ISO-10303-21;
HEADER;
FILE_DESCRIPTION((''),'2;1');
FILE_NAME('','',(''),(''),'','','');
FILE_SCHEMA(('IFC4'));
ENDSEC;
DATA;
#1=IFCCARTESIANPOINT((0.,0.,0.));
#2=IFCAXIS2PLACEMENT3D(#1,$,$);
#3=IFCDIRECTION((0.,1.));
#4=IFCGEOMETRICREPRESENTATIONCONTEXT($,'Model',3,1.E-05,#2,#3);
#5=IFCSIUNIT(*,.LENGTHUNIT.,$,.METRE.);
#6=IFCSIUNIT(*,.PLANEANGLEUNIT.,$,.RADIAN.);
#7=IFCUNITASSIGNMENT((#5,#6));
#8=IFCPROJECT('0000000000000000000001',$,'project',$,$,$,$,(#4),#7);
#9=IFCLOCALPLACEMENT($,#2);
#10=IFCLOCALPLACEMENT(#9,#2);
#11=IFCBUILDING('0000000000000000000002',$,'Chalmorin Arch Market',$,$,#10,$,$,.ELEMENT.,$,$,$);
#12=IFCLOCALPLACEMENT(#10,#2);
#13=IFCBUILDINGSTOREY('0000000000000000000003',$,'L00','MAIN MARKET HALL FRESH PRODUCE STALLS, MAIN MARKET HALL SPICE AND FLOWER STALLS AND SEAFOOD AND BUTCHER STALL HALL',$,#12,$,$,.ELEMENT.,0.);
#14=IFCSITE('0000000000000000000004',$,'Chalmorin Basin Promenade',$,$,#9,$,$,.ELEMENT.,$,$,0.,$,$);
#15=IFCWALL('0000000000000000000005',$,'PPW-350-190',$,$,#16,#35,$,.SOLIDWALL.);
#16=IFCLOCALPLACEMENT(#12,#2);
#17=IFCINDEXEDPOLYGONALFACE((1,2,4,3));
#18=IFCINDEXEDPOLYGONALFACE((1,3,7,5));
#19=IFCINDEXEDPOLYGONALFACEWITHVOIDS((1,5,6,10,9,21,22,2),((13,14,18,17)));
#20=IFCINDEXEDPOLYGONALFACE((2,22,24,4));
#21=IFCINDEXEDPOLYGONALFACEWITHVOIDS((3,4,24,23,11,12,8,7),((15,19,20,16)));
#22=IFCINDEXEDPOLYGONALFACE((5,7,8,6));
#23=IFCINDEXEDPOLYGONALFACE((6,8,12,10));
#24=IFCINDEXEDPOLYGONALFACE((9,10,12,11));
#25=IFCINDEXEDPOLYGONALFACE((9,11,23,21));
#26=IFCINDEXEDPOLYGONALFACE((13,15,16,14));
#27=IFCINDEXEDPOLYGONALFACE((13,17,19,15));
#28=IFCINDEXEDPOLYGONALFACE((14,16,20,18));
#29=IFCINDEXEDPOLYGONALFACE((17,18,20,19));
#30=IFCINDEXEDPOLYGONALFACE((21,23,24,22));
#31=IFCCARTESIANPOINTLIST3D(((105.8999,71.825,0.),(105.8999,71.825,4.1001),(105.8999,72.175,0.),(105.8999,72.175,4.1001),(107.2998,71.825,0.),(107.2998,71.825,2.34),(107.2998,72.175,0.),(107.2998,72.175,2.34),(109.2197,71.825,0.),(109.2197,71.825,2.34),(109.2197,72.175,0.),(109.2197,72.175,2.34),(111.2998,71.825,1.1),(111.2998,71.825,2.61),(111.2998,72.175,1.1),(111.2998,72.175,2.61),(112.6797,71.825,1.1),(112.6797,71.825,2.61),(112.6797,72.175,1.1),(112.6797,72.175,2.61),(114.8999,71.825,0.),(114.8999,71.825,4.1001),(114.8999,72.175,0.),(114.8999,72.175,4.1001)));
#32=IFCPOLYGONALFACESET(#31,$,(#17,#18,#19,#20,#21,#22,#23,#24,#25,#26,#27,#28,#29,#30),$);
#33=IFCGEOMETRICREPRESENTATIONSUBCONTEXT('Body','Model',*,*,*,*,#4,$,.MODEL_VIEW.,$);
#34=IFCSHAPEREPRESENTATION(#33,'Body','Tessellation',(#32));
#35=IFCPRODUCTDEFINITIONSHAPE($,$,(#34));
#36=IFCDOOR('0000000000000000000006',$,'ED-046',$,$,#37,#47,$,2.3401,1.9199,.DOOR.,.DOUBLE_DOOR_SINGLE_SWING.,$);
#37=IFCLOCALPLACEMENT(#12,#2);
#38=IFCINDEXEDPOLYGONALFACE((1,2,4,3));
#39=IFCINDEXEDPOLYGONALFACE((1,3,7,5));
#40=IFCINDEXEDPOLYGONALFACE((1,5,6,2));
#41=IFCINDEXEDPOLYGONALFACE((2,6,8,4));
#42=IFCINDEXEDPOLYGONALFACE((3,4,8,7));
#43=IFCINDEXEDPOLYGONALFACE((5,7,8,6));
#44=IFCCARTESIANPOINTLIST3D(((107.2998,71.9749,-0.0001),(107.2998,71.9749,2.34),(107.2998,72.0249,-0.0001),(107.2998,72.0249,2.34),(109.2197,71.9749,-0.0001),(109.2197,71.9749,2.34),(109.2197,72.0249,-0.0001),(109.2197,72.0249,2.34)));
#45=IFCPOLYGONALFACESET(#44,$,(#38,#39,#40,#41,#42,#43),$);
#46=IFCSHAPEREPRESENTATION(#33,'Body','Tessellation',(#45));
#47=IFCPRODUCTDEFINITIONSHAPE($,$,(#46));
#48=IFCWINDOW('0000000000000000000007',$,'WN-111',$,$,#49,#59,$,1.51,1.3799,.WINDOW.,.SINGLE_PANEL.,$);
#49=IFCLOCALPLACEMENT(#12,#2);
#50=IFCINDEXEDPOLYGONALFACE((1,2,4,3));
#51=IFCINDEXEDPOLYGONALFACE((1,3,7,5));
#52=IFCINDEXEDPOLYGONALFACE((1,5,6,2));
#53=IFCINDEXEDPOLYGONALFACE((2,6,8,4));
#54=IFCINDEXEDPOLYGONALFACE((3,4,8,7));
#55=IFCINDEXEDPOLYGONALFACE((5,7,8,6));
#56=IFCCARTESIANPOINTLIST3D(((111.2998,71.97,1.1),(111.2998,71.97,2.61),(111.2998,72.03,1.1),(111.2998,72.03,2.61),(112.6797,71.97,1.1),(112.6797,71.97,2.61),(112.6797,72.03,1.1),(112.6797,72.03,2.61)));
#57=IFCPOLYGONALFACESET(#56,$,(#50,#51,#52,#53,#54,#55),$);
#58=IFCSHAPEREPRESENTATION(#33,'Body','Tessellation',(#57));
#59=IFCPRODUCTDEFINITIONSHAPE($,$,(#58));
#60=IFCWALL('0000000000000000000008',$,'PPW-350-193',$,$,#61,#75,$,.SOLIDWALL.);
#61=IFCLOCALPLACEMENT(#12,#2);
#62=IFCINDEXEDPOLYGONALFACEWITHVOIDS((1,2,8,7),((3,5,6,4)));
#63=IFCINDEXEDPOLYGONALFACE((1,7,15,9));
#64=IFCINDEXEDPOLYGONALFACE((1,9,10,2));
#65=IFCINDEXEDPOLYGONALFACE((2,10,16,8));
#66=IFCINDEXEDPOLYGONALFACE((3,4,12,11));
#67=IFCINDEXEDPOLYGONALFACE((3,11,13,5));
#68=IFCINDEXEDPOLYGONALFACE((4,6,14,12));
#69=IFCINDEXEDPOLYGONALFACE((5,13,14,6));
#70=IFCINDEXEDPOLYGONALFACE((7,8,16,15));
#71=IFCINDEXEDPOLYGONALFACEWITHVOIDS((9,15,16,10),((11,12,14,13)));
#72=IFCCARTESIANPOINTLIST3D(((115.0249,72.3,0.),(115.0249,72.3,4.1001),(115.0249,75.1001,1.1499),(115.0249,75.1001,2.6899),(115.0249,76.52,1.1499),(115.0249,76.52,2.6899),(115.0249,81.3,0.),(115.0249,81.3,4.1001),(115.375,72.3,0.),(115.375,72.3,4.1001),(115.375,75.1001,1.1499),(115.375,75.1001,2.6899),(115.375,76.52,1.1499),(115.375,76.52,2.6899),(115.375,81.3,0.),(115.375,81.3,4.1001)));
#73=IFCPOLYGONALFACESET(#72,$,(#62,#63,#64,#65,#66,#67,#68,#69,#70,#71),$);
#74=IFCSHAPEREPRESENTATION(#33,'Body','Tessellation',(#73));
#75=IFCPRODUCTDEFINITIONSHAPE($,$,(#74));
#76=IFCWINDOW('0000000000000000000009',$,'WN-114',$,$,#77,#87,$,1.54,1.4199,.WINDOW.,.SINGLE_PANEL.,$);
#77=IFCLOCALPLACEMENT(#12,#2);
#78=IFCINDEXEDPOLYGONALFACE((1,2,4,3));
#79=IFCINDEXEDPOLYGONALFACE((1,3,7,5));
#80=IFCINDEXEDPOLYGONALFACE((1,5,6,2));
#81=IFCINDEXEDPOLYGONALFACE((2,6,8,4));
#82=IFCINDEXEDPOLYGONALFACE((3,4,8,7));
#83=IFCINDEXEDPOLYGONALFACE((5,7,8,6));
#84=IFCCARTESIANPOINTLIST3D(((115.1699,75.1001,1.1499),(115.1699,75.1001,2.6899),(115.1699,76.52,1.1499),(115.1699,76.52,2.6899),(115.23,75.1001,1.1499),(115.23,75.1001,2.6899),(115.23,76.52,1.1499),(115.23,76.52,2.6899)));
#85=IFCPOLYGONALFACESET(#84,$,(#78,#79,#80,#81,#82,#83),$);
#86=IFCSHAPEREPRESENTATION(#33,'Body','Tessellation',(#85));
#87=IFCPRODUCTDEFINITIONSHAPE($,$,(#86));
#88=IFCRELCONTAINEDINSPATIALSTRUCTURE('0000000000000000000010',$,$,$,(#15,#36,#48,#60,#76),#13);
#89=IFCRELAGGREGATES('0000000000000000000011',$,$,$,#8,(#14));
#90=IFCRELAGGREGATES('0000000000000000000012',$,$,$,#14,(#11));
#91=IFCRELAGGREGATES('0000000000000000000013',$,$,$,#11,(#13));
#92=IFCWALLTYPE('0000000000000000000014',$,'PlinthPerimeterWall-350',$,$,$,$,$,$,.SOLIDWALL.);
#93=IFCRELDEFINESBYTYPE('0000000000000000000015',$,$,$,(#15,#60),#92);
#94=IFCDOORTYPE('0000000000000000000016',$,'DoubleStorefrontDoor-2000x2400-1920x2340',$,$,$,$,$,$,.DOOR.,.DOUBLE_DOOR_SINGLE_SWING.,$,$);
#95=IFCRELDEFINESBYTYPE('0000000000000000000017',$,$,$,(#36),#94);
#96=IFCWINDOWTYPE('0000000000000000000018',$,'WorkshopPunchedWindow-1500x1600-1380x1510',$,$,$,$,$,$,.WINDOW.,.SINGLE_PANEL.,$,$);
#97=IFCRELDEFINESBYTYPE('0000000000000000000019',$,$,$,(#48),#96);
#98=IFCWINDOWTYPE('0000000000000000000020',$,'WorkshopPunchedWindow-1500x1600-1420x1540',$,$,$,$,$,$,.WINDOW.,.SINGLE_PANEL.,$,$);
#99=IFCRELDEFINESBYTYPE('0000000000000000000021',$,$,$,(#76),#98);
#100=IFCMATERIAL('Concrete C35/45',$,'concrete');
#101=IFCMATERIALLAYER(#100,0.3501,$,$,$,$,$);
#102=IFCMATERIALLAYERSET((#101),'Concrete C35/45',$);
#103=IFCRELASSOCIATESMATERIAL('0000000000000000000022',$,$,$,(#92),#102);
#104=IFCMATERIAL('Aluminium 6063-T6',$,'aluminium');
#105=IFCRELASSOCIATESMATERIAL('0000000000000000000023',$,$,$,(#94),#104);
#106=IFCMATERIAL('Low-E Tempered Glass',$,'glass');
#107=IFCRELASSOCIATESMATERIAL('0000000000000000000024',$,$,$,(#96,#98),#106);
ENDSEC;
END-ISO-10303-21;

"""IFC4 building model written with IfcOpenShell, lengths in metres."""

from ifc_helpers import new_model, si_unit, direction, frame, frame_2d, origin, place, context, subcontext, project, spatial, rectangle, extrude, material, layer, layer_set, type_object, element, fill, save


model = new_model("IFC4")

# Units and contexts
model_context = context("Model", 3, precision=1e-05, world=origin(), true_north=direction((0.0, 1.0)))
body_context = subcontext(model_context, "Body", "Model", "MODEL_VIEW")
ifc_project = project(units=[si_unit("LENGTHUNIT", "METRE"), si_unit("PLANEANGLEUNIT", "RADIAN")], contexts=[model_context])

# Site, building, storey
site_placement = place(None, origin())
site = spatial("IfcSite", under=ifc_project, at=site_placement, Name="Chalmorin Basin Promenade", CompositionType="ELEMENT", RefElevation=0.0)
building_placement = place(site_placement, origin())
building = spatial("IfcBuilding", under=site, at=building_placement, Name="Chalmorin Arch Market", CompositionType="ELEMENT")
storey_placement = place(building_placement, origin())
storey = spatial("IfcBuildingStorey", under=building, at=storey_placement, Name="L00", Description="MAIN MARKET HALL FRESH PRODUCE STALLS, MAIN MARKET HALL SPICE AND FLOWER STALLS AND SEAFOOD AND BUTCHER STALL HALL", CompositionType="ELEMENT", Elevation=0.0)

# Wall, openings, door, window
ifc_material_1 = material(Name="Concrete C35/45", Category="concrete")
ifc_layer = layer(ifc_material_1, 0.3501)
ifc_layer_set = layer_set([ifc_layer], Name="Concrete C35/45")
wall_type = type_object("IfcWallType", Name="PlinthPerimeterWall-350", PredefinedType="SOLIDWALL", material=ifc_layer_set)
wall_1_placement = place(storey_placement, frame((105.8999, 72.0, 0.0), z_axis=(0.0, 0.0, 1.0), x_axis=(1.0, 0.0, 0.0)))
wall_1 = element("IfcWall", 1, at=wall_1_placement, inside=storey, type_object=wall_type, Name="PPW-350-190", PredefinedType="SOLIDWALL", context=body_context, shape_type="SweptSolid", body=[
    extrude(rectangle(XDim=9.0, YDim=0.3501, at=frame_2d((4.5, 0.0))), origin(), (0.0, 0.0, 1.0), 4.1001),
])
opening_1_placement = place(wall_1_placement, frame((1.3999, 0.0, 0.0)))
opening_1 = element("IfcOpeningElement", 2, at=opening_1_placement, cuts=wall_1, PredefinedType="OPENING", context=body_context, shape_type="SweptSolid", body=[
    extrude(rectangle(XDim=1.9199, YDim=2.3401, at=frame_2d((0.96, 1.1699))), frame((0.0, 0.1851, 0.0), z_axis=(0.0, -1.0, 0.0), x_axis=(1.0, 0.0, 0.0)), (0.0, 0.0, 1.0), 0.3701),
])
opening_2_placement = place(wall_1_placement, frame((5.3999, 0.0, 1.1001)))
opening_2 = element("IfcOpeningElement", 3, at=opening_2_placement, cuts=wall_1, PredefinedType="OPENING", context=body_context, shape_type="SweptSolid", body=[
    extrude(rectangle(XDim=1.3799, YDim=1.51, at=frame_2d((0.6899, 0.7549))), frame((0.0, 0.1851, 0.0), z_axis=(0.0, -1.0, 0.0), x_axis=(1.0, 0.0, 0.0)), (0.0, 0.0, 1.0), 0.3701),
])
ifc_material_2 = material(Name="Aluminium 6063-T6", Category="aluminium")
door_type = type_object("IfcDoorType", Name="DoubleStorefrontDoor-2000x2400-1920x2340", OperationType="DOUBLE_DOOR_SINGLE_SWING", PredefinedType="DOOR", material=ifc_material_2)
door_placement = place(opening_1_placement, origin())
door = element("IfcDoor", 4, at=door_placement, inside=storey, type_object=door_type, Name="ED-046", OperationType="DOUBLE_DOOR_SINGLE_SWING", OverallHeight=2.3401, OverallWidth=1.9199, PredefinedType="DOOR", context=body_context, shape_type="SweptSolid", body=[
    extrude(rectangle(XDim=1.9199, YDim=2.3401, at=frame_2d((0.96, 1.1699))), frame((0.0, 0.0249, 0.0), z_axis=(0.0, -1.0, 0.0), x_axis=(1.0, 0.0, 0.0)), (0.0, 0.0, 1.0), 0.05),
])
fill(opening_1, door)
ifc_material_3 = material(Name="Low-E Tempered Glass", Category="glass")
window_type_1 = type_object("IfcWindowType", Name="WorkshopPunchedWindow-1500x1600-1380x1510", PartitioningType="SINGLE_PANEL", PredefinedType="WINDOW", material=ifc_material_3)
window_1_placement = place(opening_2_placement, origin())
window_1 = element("IfcWindow", 5, at=window_1_placement, inside=storey, type_object=window_type_1, Name="WN-111", OverallHeight=1.51, OverallWidth=1.3799, PartitioningType="SINGLE_PANEL", PredefinedType="WINDOW", context=body_context, shape_type="SweptSolid", body=[
    extrude(rectangle(XDim=1.3799, YDim=1.51, at=frame_2d((0.6899, 0.7549))), frame((0.0, 0.03, 0.0), z_axis=(0.0, -1.0, 0.0), x_axis=(1.0, 0.0, 0.0)), (0.0, 0.0, 1.0), 0.0601),
])
fill(opening_2, window_1)

# Wall, opening, window
wall_2_placement = place(storey_placement, frame((115.2, 72.3, 0.0), z_axis=(0.0, 0.0, 1.0), x_axis=(0.0, 1.0, 0.0)))
wall_2 = element("IfcWall", 6, at=wall_2_placement, inside=storey, type_object=wall_type, Name="PPW-350-193", PredefinedType="SOLIDWALL", context=body_context, shape_type="SweptSolid", body=[
    extrude(rectangle(XDim=9.0, YDim=0.3501, at=frame_2d((4.5, 0.0))), origin(), (0.0, 0.0, 1.0), 4.1001),
])
opening_3_placement = place(wall_2_placement, frame((2.8, 0.0, 1.1499)))
opening_3 = element("IfcOpeningElement", 7, at=opening_3_placement, cuts=wall_2, PredefinedType="OPENING", context=body_context, shape_type="SweptSolid", body=[
    extrude(rectangle(XDim=1.4199, YDim=1.54, at=frame_2d((0.71, 0.77))), frame((0.0, 0.1851, 0.0), z_axis=(0.0, -1.0, 0.0), x_axis=(1.0, 0.0, 0.0)), (0.0, 0.0, 1.0), 0.3701),
])
window_type_2 = type_object("IfcWindowType", Name="WorkshopPunchedWindow-1500x1600-1420x1540", PartitioningType="SINGLE_PANEL", PredefinedType="WINDOW", material=ifc_material_3)
window_2_placement = place(opening_3_placement, origin())
window_2 = element("IfcWindow", 8, at=window_2_placement, inside=storey, type_object=window_type_2, Name="WN-114", OverallHeight=1.54, OverallWidth=1.4199, PartitioningType="SINGLE_PANEL", PredefinedType="WINDOW", context=body_context, shape_type="SweptSolid", body=[
    extrude(rectangle(XDim=1.4199, YDim=1.54, at=frame_2d((0.71, 0.77))), frame((0.0, 0.03, 0.0), z_axis=(0.0, -1.0, 0.0), x_axis=(1.0, 0.0, 0.0)), (0.0, 0.0, 1.0), 0.0601),
])
fill(opening_3, window_2)

save(model, "model.ifc")
